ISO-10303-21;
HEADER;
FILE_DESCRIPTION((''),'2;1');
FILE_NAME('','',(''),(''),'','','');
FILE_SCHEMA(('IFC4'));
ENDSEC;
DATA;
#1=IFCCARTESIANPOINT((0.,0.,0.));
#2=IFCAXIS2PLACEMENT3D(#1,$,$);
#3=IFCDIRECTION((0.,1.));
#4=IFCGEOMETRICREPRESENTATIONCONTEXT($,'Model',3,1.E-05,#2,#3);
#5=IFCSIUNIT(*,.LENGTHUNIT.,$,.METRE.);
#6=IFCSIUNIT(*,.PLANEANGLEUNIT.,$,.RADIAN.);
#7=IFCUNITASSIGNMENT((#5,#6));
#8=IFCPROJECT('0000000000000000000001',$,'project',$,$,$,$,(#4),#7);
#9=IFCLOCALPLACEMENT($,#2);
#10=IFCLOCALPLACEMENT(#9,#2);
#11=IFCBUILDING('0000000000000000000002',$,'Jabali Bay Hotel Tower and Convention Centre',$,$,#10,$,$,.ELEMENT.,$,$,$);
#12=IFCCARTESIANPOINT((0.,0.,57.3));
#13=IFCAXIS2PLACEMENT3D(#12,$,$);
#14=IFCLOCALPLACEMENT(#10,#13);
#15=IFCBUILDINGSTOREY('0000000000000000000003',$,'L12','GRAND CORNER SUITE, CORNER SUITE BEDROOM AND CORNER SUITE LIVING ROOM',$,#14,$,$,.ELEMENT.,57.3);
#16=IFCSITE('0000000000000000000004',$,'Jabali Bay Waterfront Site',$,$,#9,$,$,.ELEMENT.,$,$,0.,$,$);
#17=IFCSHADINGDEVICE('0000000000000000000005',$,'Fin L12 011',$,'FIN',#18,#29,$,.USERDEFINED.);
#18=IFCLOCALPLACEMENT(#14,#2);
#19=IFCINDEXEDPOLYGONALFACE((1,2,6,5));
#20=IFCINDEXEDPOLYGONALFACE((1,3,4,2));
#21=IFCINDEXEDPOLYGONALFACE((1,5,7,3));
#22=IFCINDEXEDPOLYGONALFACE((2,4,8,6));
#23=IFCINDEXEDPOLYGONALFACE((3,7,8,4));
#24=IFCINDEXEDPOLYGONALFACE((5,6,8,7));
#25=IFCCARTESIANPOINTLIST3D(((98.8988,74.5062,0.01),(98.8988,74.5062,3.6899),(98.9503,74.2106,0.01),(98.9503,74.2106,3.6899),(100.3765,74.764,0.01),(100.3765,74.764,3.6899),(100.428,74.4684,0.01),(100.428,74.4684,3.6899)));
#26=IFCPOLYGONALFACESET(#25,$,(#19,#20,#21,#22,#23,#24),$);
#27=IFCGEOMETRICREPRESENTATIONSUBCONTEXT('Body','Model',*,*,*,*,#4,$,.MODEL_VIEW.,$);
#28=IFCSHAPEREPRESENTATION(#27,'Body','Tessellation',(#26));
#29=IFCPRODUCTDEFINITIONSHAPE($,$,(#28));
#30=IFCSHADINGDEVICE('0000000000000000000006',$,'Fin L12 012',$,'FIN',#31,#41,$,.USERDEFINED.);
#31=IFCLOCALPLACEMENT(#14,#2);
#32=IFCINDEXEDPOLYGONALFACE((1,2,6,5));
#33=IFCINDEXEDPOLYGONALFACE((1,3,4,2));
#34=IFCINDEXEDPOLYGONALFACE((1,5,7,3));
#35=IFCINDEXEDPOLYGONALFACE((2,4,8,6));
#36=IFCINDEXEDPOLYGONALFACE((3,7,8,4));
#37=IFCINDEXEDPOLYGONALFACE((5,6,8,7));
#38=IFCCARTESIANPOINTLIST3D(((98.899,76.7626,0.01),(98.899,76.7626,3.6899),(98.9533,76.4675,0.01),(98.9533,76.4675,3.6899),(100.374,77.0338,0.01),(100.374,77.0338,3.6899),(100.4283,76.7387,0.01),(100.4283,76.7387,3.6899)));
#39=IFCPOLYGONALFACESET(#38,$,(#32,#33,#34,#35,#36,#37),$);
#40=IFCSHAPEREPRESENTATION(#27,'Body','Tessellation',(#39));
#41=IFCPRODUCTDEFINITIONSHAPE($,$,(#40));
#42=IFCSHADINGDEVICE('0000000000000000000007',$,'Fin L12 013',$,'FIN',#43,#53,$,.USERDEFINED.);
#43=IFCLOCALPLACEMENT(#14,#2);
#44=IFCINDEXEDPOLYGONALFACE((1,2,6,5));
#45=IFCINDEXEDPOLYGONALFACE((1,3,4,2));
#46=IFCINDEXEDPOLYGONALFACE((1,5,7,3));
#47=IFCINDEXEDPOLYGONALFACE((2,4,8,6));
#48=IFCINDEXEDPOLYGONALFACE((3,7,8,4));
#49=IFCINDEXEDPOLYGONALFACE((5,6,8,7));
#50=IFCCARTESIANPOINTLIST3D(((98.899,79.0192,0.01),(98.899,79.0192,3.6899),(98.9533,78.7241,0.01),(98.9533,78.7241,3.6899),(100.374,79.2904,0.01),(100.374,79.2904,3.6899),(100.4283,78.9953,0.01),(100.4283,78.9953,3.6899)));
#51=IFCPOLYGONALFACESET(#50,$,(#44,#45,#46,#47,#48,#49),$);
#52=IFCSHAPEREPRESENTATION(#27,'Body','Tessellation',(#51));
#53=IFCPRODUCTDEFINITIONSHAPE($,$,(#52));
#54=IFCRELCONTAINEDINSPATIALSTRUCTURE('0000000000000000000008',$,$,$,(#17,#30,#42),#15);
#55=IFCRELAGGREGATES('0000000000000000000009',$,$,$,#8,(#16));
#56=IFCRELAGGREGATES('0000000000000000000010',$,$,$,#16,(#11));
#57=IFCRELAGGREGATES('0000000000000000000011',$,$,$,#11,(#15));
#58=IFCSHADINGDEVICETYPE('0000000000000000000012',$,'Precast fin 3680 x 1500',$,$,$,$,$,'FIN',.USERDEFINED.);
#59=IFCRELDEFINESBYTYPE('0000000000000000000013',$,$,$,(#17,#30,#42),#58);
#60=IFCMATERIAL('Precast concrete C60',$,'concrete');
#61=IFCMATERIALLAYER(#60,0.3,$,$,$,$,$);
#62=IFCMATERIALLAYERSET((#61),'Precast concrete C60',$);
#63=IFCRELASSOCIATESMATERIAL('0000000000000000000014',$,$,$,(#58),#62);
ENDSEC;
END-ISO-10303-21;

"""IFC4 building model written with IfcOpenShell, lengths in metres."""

from ifc_helpers import new_model, si_unit, direction, frame, frame_2d, origin, place, context, subcontext, project, spatial, rectangle, extrude, material, layer, layer_set, type_object, element, save


model = new_model("IFC4")

# Units and contexts
model_context = context("Model", 3, precision=1e-05, world=origin(), true_north=direction((0.0, 1.0)))
body_context = subcontext(model_context, "Body", "Model", "MODEL_VIEW")
ifc_project = project(units=[si_unit("LENGTHUNIT", "METRE"), si_unit("PLANEANGLEUNIT", "RADIAN")], contexts=[model_context])

# Site, building, storey
site_placement = place(None, origin())
site = spatial("IfcSite", under=ifc_project, at=site_placement, Name="Jabali Bay Waterfront Site", CompositionType="ELEMENT", RefElevation=0.0)
building_placement = place(site_placement, origin())
building = spatial("IfcBuilding", under=site, at=building_placement, Name="Jabali Bay Hotel Tower and Convention Centre", CompositionType="ELEMENT")
storey_placement = place(building_placement, frame((0.0, 0.0, 57.3)))
storey = spatial("IfcBuildingStorey", under=building, at=storey_placement, Name="L12", Description="GRAND CORNER SUITE, CORNER SUITE BEDROOM AND CORNER SUITE LIVING ROOM", CompositionType="ELEMENT", Elevation=57.3)

# Shading devices
ifc_material_1 = material(Name="Precast concrete C60", Category="concrete")
ifc_layer_1 = layer(ifc_material_1, 0.3)
ifc_layer_set_1 = layer_set([ifc_layer_1], Name="Precast concrete C60")
shading_device_type = type_object("IfcShadingDeviceType", Name="Precast fin 3680 x 1500", ElementType="FIN", PredefinedType="USERDEFINED", material=ifc_layer_set_1)
for number, where, z_axis, x_axis, name in (
    (1, (98.9246, 74.3584, 0.01), (0.0, 0.0, 1.0), (0.985121, 0.171863, 0.0), "Fin L12 011"),
):
    element("IfcShadingDevice", number, at=place(storey_placement, frame(where, z_axis=z_axis, x_axis=x_axis)), inside=storey, type_object=shading_device_type, Name=name, ObjectType="FIN", PredefinedType="USERDEFINED", context=body_context, shape_type="SweptSolid", body=[
        extrude(rectangle(XDim=1.5, YDim=0.3, at=frame_2d((0.75, 0.0))), origin(), (0.0, 0.0, 1.0), 3.6799),
    ])
for number, where, z_axis, x_axis, name in (
    (2, (98.926, 76.615, 0.01), (0.0, 0.0, 1.0), (0.983511, 0.180848, 0.0), "Fin L12 012"),
    (3, (98.926, 78.8716, 0.01), (0.0, 0.0, 1.0), (0.983511, 0.180848, 0.0), "Fin L12 013"),
):
    element("IfcShadingDevice", number, at=place(storey_placement, frame(where, z_axis=z_axis, x_axis=x_axis)), inside=storey, type_object=shading_device_type, Name=name, ObjectType="FIN", PredefinedType="USERDEFINED", context=body_context, shape_type="SweptSolid", body=[
        extrude(rectangle(XDim=1.4998, YDim=0.3, at=frame_2d((0.75, 0.0))), origin(), (0.0, 0.0, 1.0), 3.6799),
    ])

save(model, "model.ifc")
